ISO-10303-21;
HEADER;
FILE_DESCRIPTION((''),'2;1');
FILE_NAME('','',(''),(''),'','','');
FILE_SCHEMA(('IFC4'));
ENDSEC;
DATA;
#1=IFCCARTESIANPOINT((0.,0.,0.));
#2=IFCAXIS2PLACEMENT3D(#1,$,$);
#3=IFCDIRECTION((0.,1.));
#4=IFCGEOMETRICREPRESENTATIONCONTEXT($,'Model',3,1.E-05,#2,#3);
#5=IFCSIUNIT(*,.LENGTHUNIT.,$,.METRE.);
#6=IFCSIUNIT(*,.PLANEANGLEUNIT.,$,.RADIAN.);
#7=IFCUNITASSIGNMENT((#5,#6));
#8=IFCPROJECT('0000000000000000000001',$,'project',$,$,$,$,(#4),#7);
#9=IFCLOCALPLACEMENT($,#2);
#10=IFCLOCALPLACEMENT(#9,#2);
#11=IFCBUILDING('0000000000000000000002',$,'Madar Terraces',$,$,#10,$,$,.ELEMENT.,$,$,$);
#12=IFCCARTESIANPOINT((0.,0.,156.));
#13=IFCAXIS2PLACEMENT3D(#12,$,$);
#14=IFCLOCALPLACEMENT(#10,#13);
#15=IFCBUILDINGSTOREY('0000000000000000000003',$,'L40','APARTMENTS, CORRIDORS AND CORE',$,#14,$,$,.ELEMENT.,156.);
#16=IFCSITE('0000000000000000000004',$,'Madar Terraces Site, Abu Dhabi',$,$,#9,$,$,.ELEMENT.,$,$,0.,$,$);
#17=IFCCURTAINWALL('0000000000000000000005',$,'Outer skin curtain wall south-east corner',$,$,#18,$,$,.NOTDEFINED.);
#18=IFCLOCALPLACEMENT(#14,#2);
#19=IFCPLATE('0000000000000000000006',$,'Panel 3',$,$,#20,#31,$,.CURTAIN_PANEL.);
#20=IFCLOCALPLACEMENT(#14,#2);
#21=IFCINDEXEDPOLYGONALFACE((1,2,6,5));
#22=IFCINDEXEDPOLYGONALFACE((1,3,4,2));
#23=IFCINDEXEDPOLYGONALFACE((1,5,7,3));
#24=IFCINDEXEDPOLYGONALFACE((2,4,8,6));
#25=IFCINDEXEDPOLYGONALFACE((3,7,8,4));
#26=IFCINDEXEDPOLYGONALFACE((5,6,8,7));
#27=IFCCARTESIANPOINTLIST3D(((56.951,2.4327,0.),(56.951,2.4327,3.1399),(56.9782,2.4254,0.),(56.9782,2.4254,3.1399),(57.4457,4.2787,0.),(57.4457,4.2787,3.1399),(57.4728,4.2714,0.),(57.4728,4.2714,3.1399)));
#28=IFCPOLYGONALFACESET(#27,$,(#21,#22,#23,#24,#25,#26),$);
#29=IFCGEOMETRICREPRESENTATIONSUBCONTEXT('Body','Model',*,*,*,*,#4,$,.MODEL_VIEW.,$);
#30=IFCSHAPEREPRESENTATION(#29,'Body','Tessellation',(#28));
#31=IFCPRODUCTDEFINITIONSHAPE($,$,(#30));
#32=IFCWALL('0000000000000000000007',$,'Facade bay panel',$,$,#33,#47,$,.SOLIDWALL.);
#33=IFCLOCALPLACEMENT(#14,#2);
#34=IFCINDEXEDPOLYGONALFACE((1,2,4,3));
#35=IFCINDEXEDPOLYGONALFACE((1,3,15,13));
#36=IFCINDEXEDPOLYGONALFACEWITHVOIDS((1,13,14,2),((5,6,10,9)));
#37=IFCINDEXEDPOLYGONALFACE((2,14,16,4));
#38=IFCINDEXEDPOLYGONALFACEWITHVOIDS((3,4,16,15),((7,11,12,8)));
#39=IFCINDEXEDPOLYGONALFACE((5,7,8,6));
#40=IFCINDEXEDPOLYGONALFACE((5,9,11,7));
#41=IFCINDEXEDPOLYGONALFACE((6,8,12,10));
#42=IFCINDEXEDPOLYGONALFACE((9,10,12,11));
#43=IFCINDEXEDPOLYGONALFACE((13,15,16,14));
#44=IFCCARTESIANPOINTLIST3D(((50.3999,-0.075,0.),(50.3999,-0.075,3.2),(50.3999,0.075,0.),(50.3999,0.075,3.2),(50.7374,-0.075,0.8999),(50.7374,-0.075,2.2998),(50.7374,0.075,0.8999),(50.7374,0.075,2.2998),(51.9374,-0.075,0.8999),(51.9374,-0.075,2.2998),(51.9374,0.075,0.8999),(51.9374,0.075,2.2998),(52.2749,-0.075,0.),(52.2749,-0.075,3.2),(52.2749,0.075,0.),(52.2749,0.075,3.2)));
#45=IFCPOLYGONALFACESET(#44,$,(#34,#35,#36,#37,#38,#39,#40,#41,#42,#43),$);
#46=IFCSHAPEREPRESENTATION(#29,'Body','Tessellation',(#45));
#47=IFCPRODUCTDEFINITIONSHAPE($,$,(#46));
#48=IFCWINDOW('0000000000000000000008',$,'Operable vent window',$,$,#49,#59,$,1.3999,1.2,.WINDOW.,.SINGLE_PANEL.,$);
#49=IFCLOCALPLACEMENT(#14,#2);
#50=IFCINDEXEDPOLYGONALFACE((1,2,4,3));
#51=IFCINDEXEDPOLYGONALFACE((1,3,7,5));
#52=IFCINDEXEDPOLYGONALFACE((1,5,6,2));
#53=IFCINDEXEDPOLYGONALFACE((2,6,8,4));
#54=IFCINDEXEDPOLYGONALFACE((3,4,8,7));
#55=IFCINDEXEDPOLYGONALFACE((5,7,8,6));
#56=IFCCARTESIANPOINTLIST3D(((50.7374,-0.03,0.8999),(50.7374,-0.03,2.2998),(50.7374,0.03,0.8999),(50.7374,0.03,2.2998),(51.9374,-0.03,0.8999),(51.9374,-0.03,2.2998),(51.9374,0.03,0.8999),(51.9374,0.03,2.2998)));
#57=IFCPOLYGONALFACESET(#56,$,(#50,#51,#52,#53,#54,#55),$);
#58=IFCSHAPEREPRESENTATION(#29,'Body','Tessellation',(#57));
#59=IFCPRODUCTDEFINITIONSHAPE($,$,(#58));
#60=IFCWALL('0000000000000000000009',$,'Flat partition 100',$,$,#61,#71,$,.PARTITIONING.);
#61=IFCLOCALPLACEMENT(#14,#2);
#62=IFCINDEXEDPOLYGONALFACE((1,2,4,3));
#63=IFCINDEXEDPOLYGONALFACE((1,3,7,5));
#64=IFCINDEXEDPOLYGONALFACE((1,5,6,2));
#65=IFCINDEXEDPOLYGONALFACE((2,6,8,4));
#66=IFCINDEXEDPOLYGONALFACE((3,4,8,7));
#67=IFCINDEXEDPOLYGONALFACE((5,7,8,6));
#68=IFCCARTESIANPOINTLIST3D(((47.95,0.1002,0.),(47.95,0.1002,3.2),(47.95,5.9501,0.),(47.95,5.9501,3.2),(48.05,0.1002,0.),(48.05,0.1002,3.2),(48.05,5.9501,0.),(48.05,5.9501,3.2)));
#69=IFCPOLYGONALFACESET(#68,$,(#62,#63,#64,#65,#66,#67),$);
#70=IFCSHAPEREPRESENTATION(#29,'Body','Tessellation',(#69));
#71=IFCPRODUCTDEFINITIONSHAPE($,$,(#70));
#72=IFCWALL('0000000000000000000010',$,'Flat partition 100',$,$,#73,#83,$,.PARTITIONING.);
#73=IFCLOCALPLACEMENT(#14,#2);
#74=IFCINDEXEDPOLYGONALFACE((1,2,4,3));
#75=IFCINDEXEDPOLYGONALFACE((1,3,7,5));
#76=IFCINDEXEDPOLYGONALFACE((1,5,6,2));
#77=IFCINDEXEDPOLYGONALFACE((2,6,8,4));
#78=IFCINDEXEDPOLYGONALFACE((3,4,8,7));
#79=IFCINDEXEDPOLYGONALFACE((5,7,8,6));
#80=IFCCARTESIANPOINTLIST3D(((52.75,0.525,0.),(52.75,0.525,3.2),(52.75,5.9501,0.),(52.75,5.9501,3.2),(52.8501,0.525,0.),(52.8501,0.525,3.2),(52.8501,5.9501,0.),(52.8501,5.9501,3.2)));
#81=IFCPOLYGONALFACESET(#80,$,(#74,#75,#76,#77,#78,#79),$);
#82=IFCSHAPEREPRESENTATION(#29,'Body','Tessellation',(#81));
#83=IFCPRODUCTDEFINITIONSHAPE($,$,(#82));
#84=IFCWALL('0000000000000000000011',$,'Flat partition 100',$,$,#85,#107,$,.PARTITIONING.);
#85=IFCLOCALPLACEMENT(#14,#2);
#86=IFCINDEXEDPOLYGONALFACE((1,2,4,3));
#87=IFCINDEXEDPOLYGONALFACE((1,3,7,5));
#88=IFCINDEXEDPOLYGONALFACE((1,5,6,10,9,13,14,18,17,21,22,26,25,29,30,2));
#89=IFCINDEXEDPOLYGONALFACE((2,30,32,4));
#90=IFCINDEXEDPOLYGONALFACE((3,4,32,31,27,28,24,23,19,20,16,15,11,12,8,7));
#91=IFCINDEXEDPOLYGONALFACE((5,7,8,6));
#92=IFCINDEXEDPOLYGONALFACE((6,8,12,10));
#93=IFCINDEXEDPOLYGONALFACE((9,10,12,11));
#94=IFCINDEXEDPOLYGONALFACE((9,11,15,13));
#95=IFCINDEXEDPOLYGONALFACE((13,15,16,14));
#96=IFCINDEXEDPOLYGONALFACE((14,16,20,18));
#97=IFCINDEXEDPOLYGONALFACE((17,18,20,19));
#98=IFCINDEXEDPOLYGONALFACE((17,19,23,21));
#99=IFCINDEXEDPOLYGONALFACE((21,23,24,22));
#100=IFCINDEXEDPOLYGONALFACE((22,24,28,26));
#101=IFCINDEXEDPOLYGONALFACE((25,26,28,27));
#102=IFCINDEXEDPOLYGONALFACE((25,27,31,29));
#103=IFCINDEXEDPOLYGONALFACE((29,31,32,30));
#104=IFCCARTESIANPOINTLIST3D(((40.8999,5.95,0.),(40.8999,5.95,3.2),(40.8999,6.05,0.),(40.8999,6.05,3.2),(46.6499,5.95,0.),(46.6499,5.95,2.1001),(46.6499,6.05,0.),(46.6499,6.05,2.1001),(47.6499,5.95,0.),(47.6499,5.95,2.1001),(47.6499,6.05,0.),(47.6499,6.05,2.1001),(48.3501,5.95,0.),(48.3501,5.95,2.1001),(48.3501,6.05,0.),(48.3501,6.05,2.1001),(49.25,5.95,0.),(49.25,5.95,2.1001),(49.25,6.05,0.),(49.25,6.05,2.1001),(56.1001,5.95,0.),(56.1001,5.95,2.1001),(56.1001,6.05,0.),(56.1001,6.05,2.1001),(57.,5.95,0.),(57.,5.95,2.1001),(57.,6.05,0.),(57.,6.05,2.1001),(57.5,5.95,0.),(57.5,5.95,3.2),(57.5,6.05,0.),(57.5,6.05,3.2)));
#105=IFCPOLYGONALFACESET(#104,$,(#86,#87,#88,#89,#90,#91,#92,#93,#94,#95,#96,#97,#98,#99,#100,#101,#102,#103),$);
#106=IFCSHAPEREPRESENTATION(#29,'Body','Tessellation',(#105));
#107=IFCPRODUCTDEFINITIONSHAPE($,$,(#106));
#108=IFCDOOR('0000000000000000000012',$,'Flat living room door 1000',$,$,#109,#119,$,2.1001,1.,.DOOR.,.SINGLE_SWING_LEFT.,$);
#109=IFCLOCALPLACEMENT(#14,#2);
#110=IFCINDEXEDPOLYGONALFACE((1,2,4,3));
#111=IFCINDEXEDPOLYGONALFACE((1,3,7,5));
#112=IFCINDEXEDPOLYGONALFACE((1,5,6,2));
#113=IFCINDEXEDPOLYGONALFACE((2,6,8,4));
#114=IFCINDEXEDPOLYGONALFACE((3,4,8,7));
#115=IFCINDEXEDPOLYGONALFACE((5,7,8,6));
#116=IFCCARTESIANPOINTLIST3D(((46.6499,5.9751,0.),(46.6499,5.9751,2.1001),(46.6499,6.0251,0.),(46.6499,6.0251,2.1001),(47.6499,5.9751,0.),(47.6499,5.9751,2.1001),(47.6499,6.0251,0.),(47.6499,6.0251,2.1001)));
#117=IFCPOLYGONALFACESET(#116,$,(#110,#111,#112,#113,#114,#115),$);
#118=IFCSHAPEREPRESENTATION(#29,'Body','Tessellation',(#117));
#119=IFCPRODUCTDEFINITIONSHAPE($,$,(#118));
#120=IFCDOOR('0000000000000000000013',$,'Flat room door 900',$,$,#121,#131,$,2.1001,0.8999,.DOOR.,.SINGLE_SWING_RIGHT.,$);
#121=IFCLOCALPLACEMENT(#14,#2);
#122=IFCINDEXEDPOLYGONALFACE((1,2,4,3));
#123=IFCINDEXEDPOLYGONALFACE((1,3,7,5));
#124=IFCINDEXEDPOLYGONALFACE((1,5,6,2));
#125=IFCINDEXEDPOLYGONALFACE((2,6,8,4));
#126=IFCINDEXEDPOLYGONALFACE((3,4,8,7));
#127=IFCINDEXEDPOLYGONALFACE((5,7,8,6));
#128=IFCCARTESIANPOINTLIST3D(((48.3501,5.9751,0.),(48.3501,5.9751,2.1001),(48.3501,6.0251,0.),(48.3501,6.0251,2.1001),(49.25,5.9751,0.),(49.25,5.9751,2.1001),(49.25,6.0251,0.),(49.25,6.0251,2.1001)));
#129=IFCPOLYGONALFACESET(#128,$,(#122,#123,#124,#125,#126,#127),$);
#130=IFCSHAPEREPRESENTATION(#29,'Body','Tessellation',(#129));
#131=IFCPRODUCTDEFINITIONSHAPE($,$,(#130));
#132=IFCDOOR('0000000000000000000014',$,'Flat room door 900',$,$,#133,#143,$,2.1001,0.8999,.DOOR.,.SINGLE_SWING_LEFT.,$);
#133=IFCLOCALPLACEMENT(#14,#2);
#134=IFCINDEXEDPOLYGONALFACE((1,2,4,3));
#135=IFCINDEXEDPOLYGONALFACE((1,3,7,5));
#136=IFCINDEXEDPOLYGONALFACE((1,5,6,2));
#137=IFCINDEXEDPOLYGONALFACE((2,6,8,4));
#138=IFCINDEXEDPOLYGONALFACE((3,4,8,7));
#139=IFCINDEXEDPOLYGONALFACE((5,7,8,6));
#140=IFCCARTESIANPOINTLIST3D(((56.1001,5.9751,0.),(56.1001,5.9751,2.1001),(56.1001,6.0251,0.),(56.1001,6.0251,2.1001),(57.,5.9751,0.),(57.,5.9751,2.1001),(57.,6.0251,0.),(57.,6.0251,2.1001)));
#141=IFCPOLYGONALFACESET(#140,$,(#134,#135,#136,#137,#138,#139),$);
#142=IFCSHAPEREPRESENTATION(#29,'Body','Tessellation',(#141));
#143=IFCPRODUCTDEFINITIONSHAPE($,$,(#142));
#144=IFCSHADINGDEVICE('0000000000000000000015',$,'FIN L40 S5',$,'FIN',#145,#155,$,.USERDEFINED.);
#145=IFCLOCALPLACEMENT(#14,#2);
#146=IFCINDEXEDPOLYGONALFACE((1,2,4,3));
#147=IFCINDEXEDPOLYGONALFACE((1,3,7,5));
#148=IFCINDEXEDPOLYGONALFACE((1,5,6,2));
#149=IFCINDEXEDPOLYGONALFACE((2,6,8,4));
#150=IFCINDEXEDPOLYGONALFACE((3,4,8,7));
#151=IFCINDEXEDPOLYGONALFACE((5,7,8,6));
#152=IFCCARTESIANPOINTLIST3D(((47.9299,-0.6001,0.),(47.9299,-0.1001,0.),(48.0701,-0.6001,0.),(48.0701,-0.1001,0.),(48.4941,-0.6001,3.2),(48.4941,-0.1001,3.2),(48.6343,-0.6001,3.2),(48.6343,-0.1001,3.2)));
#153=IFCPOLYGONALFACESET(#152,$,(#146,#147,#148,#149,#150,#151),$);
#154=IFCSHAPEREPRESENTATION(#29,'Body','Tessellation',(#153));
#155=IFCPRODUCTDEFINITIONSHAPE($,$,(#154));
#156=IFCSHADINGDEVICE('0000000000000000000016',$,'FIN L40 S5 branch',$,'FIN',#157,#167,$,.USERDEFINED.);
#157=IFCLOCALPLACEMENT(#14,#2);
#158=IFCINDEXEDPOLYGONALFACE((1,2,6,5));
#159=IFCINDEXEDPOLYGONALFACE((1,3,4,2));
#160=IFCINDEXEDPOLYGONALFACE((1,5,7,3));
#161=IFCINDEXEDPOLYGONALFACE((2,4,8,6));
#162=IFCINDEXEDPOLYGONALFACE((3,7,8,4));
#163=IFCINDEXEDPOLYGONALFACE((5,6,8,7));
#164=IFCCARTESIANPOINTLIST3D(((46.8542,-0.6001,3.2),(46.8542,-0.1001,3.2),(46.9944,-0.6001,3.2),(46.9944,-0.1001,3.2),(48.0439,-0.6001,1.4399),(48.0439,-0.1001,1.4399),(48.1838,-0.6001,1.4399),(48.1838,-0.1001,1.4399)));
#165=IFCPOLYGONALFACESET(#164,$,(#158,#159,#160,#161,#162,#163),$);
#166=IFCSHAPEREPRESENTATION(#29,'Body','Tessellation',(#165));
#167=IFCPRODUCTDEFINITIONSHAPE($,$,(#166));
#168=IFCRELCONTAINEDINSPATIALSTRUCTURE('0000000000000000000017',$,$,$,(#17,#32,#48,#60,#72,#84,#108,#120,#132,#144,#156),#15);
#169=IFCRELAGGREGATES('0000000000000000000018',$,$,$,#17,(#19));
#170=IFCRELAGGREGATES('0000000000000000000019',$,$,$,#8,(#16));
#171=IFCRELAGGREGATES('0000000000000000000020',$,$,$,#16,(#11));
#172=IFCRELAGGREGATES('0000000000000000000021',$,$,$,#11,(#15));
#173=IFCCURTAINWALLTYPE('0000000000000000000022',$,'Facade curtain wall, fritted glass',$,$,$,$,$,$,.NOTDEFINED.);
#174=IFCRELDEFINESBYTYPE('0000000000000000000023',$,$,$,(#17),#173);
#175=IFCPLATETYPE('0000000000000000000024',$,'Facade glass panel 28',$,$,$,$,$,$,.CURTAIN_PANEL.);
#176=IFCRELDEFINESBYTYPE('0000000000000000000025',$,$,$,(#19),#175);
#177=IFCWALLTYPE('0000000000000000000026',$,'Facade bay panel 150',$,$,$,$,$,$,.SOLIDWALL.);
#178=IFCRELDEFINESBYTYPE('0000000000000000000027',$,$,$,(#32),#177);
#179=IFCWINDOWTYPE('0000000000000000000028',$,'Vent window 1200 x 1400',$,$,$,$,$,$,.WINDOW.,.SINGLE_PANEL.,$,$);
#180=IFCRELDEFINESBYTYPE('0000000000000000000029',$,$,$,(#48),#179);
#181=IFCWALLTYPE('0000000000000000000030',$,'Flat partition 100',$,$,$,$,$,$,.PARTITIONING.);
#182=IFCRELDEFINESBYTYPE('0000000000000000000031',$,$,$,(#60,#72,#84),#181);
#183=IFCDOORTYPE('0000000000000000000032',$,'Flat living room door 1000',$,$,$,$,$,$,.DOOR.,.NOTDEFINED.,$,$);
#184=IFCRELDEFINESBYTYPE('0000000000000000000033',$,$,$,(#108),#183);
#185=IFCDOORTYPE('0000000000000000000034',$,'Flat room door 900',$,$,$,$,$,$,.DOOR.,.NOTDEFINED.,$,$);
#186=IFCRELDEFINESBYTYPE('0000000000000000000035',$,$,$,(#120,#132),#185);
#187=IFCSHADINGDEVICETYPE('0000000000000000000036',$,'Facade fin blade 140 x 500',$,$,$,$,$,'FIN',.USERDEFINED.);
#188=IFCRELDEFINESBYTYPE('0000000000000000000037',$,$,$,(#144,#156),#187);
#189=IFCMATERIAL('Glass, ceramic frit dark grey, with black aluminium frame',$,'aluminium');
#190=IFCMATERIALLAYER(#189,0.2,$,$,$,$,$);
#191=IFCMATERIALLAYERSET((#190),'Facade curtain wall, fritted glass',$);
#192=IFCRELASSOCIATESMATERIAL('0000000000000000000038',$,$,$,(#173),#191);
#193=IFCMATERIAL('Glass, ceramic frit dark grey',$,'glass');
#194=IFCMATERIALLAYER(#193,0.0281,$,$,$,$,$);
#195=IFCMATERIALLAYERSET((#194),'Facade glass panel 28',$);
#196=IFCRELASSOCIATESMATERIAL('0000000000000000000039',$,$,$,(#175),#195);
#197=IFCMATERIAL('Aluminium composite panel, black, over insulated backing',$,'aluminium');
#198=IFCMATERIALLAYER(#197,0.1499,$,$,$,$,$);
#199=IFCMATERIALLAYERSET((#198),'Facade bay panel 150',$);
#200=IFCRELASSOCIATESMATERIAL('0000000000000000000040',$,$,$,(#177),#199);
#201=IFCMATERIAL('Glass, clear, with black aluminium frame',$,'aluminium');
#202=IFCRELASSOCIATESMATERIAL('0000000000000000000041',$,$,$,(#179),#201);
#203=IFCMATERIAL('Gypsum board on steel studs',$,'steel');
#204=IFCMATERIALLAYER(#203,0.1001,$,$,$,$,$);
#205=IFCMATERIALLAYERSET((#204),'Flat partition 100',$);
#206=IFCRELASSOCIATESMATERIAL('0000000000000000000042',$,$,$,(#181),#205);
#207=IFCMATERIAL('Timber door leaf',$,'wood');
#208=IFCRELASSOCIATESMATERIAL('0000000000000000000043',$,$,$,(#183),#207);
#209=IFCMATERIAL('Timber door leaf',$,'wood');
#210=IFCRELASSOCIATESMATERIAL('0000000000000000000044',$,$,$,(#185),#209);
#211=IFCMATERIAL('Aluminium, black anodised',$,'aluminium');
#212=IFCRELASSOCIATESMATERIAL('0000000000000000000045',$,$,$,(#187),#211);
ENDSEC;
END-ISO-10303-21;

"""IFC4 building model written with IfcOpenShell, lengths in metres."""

from ifc_helpers import new_model, si_unit, direction, frame, frame_2d, origin, origin_2d, place, context, subcontext, project, spatial, polyline, rectangle, outline, extrude, material, layer, layer_set, type_object, element, fill, aggregate, save


model = new_model("IFC4")

# Units and contexts
model_context = context("Model", 3, precision=1e-05, world=origin(), true_north=direction((0.0, 1.0)))
body_context = subcontext(model_context, "Body", "Model", "MODEL_VIEW")
ifc_project = project(units=[si_unit("LENGTHUNIT", "METRE"), si_unit("PLANEANGLEUNIT", "RADIAN")], contexts=[model_context])

# Site, building, storey
site_placement = place(None, origin())
site = spatial("IfcSite", under=ifc_project, at=site_placement, Name="Madar Terraces Site, Abu Dhabi", CompositionType="ELEMENT", RefElevation=0.0)
building_placement = place(site_placement, origin())
building = spatial("IfcBuilding", under=site, at=building_placement, Name="Madar Terraces", CompositionType="ELEMENT")
storey_placement = place(building_placement, frame((0.0, 0.0, 156.0)))
storey = spatial("IfcBuildingStorey", under=building, at=storey_placement, Name="L40", Description="APARTMENTS, CORRIDORS AND CORE", CompositionType="ELEMENT", Elevation=156.0)

# Shared definitions
ifc_material_1 = material(Name="Glass, ceramic frit dark grey, with black aluminium frame", Category="aluminium")
ifc_layer_1 = layer(ifc_material_1, 0.2)
ifc_layer_set_1 = layer_set([ifc_layer_1], Name="Facade curtain wall, fritted glass")
curtain_wall_type = type_object("IfcCurtainWallType", Name="Facade curtain wall, fritted glass", PredefinedType="NOTDEFINED", material=ifc_layer_set_1)

# Curtain wall
curtain_wall_1_placement = place(storey_placement, origin())
curtain_wall_1 = element("IfcCurtainWall", 1, at=curtain_wall_1_placement, inside=storey, type_object=curtain_wall_type, Name="Outer skin curtain wall south-east corner", PredefinedType="NOTDEFINED")

# Plate
ifc_material_2 = material(Name="Glass, ceramic frit dark grey", Category="glass")
ifc_layer_2 = layer(ifc_material_2, 0.0281)
ifc_layer_set_2 = layer_set([ifc_layer_2], Name="Facade glass panel 28")
plate_type = type_object("IfcPlateType", Name="Facade glass panel 28", PredefinedType="CURTAIN_PANEL", material=ifc_layer_set_2)
plate_1_placement = place(storey_placement, frame((57.2119, 3.3521, 0.0), z_axis=(0.0, 0.0, 1.0), x_axis=(0.258819, 0.965926, 0.0)))
plate_1 = element("IfcPlate", 2, at=plate_1_placement, type_object=plate_type, Name="Panel 3", PredefinedType="CURTAIN_PANEL", context=body_context, shape_type="SweptSolid", body=[
    extrude(rectangle(XDim=1.9111, YDim=0.0281, at=origin_2d()), origin(), (0.0, 0.0, 1.0), 3.1399),
])
aggregate(curtain_wall_1, [plate_1])

# Wall, opening, window
ifc_material_3 = material(Name="Aluminium composite panel, black, over insulated backing", Category="aluminium")
ifc_layer_3 = layer(ifc_material_3, 0.1499)
ifc_layer_set_3 = layer_set([ifc_layer_3], Name="Facade bay panel 150")
wall_type_1 = type_object("IfcWallType", Name="Facade bay panel 150", PredefinedType="SOLIDWALL", material=ifc_layer_set_3)
wall_1_placement = place(storey_placement, frame((50.3999, 0.0, 0.0), z_axis=(0.0, 0.0, 1.0), x_axis=(1.0, 0.0, 0.0)))
wall_1 = element("IfcWall", 3, at=wall_1_placement, inside=storey, type_object=wall_type_1, Name="Facade bay panel", PredefinedType="SOLIDWALL", context=body_context, shape_type="SweptSolid", body=[
    extrude(rectangle(XDim=1.875, YDim=0.1499, at=frame_2d((0.9375, 0.0))), origin(), (0.0, 0.0, 1.0), 3.2),
])
opening_1_placement = place(wall_1_placement, frame((0.3374, 0.0, 0.8999)))
opening_1 = element("IfcOpeningElement", 4, at=opening_1_placement, cuts=wall_1, PredefinedType="OPENING", context=body_context, shape_type="SweptSolid", body=[
    extrude(rectangle(XDim=1.2, YDim=1.3999, at=frame_2d((0.6001, 0.7))), frame((0.0, 0.085, 0.0), z_axis=(0.0, -1.0, 0.0), x_axis=(1.0, 0.0, 0.0)), (0.0, 0.0, 1.0), 0.1699),
])
ifc_material_4 = material(Name="Glass, clear, with black aluminium frame", Category="aluminium")
window_type = type_object("IfcWindowType", Name="Vent window 1200 x 1400", PartitioningType="SINGLE_PANEL", PredefinedType="WINDOW", material=ifc_material_4)
window_placement = place(opening_1_placement, origin())
window = element("IfcWindow", 5, at=window_placement, inside=storey, type_object=window_type, Name="Operable vent window", OverallHeight=1.3999, OverallWidth=1.2, PartitioningType="SINGLE_PANEL", PredefinedType="WINDOW", context=body_context, shape_type="SweptSolid", body=[
    extrude(rectangle(XDim=1.2, YDim=1.3999, at=frame_2d((0.6001, 0.7))), frame((0.0, 0.03, 0.0), z_axis=(0.0, -1.0, 0.0), x_axis=(1.0, 0.0, 0.0)), (0.0, 0.0, 1.0), 0.0601),
])
fill(opening_1, window)

# Walls
ifc_material_5 = material(Name="Gypsum board on steel studs", Category="steel")
ifc_layer_4 = layer(ifc_material_5, 0.1001)
ifc_layer_set_4 = layer_set([ifc_layer_4], Name="Flat partition 100")
wall_type_2 = type_object("IfcWallType", Name="Flat partition 100", PredefinedType="PARTITIONING", material=ifc_layer_set_4)
wall_2_placement = place(storey_placement, frame((48.0, 5.95, 0.0), z_axis=(0.0, 0.0, 1.0), x_axis=(0.0, -1.0, 0.0)))
element("IfcWall", 6, at=wall_2_placement, inside=storey, type_object=wall_type_2, Name="Flat partition 100", PredefinedType="PARTITIONING", context=body_context, shape_type="SweptSolid", body=[
    extrude(rectangle(XDim=5.8499, YDim=0.1001, at=frame_2d((2.9248, 0.0))), origin(), (0.0, 0.0, 1.0), 3.2),
])
wall_3_placement = place(storey_placement, frame((52.8, 5.95, 0.0), z_axis=(0.0, 0.0, 1.0), x_axis=(0.0, -1.0, 0.0)))
element("IfcWall", 7, at=wall_3_placement, inside=storey, type_object=wall_type_2, Name="Flat partition 100", PredefinedType="PARTITIONING", context=body_context, shape_type="SweptSolid", body=[
    extrude(rectangle(XDim=5.425, YDim=0.1001, at=frame_2d((2.7124, 0.0))), origin(), (0.0, 0.0, 1.0), 3.2),
])

# Wall, openings, doors
wall_4_placement = place(storey_placement, frame((57.5, 6.0, 0.0), z_axis=(0.0, 0.0, 1.0), x_axis=(-1.0, 0.0, 0.0)))
wall_4 = element("IfcWall", 8, at=wall_4_placement, inside=storey, type_object=wall_type_2, Name="Flat partition 100", PredefinedType="PARTITIONING", context=body_context, shape_type="SweptSolid", body=[
    extrude(rectangle(XDim=16.6001, YDim=0.1001, at=frame_2d((8.3, 0.0))), origin(), (0.0, 0.0, 1.0), 3.2),
])
opening_2_placement = place(wall_4_placement, frame((9.8501, 0.0, 0.0)))
opening_2 = element("IfcOpeningElement", 9, at=opening_2_placement, cuts=wall_4, PredefinedType="OPENING", context=body_context, shape_type="SweptSolid", body=[
    extrude(rectangle(XDim=1.0, YDim=2.1001, at=frame_2d((0.5, 1.05))), frame((0.0, 0.0601, 0.0), z_axis=(0.0, -1.0, 0.0), x_axis=(1.0, 0.0, 0.0)), (0.0, 0.0, 1.0), 0.1201),
])
opening_3_placement = place(wall_4_placement, frame((8.25, 0.0, 0.0)))
opening_3 = element("IfcOpeningElement", 10, at=opening_3_placement, cuts=wall_4, PredefinedType="OPENING", context=body_context, shape_type="SweptSolid", body=[
    extrude(rectangle(XDim=0.8999, YDim=2.1001, at=frame_2d((0.45, 1.05))), frame((0.0, 0.0601, 0.0), z_axis=(0.0, -1.0, 0.0), x_axis=(1.0, 0.0, 0.0)), (0.0, 0.0, 1.0), 0.1201),
])
opening_4_placement = place(wall_4_placement, frame((0.5, 0.0, 0.0)))
opening_4 = element("IfcOpeningElement", 11, at=opening_4_placement, cuts=wall_4, PredefinedType="OPENING", context=body_context, shape_type="SweptSolid", body=[
    extrude(rectangle(XDim=0.8999, YDim=2.1001, at=frame_2d((0.45, 1.05))), frame((0.0, 0.0601, 0.0), z_axis=(0.0, -1.0, 0.0), x_axis=(1.0, 0.0, 0.0)), (0.0, 0.0, 1.0), 0.1201),
])
ifc_material_6 = material(Name="Timber door leaf", Category="wood")
door_type_1 = type_object("IfcDoorType", Name="Flat living room door 1000", OperationType="NOTDEFINED", PredefinedType="DOOR", material=ifc_material_6)
door_1_placement = place(opening_2_placement, origin())
door_1 = element("IfcDoor", 12, at=door_1_placement, inside=storey, type_object=door_type_1, Name="Flat living room door 1000", OperationType="SINGLE_SWING_LEFT", OverallHeight=2.1001, OverallWidth=1.0, PredefinedType="DOOR", context=body_context, shape_type="SweptSolid", body=[
    extrude(rectangle(XDim=1.0, YDim=2.1001, at=frame_2d((0.5, 1.05))), frame((0.0, 0.0249, 0.0), z_axis=(0.0, -1.0, 0.0), x_axis=(1.0, 0.0, 0.0)), (0.0, 0.0, 1.0), 0.05),
])
fill(opening_2, door_1)
ifc_material_7 = material(Name="Timber door leaf", Category="wood")
door_type_2 = type_object("IfcDoorType", Name="Flat room door 900", OperationType="NOTDEFINED", PredefinedType="DOOR", material=ifc_material_7)
door_2_placement = place(opening_3_placement, origin())
door_2 = element("IfcDoor", 13, at=door_2_placement, inside=storey, type_object=door_type_2, Name="Flat room door 900", OperationType="SINGLE_SWING_RIGHT", OverallHeight=2.1001, OverallWidth=0.8999, PredefinedType="DOOR", context=body_context, shape_type="SweptSolid", body=[
    extrude(rectangle(XDim=0.8999, YDim=2.1001, at=frame_2d((0.45, 1.05))), frame((0.0, 0.0249, 0.0), z_axis=(0.0, -1.0, 0.0), x_axis=(1.0, 0.0, 0.0)), (0.0, 0.0, 1.0), 0.05),
])
fill(opening_3, door_2)
door_3_placement = place(opening_4_placement, origin())
door_3 = element("IfcDoor", 14, at=door_3_placement, inside=storey, type_object=door_type_2, Name="Flat room door 900", OperationType="SINGLE_SWING_LEFT", OverallHeight=2.1001, OverallWidth=0.8999, PredefinedType="DOOR", context=body_context, shape_type="SweptSolid", body=[
    extrude(rectangle(XDim=0.8999, YDim=2.1001, at=frame_2d((0.45, 1.05))), frame((0.0, 0.0249, 0.0), z_axis=(0.0, -1.0, 0.0), x_axis=(1.0, 0.0, 0.0)), (0.0, 0.0, 1.0), 0.05),
])
fill(opening_4, door_3)

# Shading devices
ifc_material_8 = material(Name="Aluminium, black anodised", Category="aluminium")
shading_device_type = type_object("IfcShadingDeviceType", Name="Facade fin blade 140 x 500", ElementType="FIN", PredefinedType="USERDEFINED", material=ifc_material_8)
shading_device_1_placement = place(storey_placement, frame((47.9299, -0.3501, 0.0), z_axis=(0.0, 0.0, 1.0), x_axis=(1.0, 0.0, 0.0)))
element("IfcShadingDevice", 15, at=shading_device_1_placement, inside=storey, type_object=shading_device_type, Name="FIN L40 S5", ObjectType="FIN", PredefinedType="USERDEFINED", context=body_context, shape_type="SweptSolid", body=[
    extrude(outline(polyline([(0.0, 0.0), (0.1401, 0.0), (0.7043, 3.2), (0.5642, 3.2), (0.0, 0.0)])), frame((0.0, 0.25, 0.0), z_axis=(0.0, -1.0, 0.0), x_axis=(1.0, 0.0, 0.0)), (0.0, 0.0, 1.0), 0.5),
])
shading_device_2_placement = place(storey_placement, frame((48.0439, -0.3501, 1.4399), z_axis=(0.0, 0.0, 1.0), x_axis=(1.0, 0.0, 0.0)))
element("IfcShadingDevice", 16, at=shading_device_2_placement, inside=storey, type_object=shading_device_type, Name="FIN L40 S5 branch", ObjectType="FIN", PredefinedType="USERDEFINED", context=body_context, shape_type="SweptSolid", body=[
    extrude(outline(polyline([(0.0, 0.0), (0.1399, 0.0), (-1.0496, 1.76), (-1.1897, 1.76), (0.0, 0.0)])), frame((0.0, 0.25, 0.0), z_axis=(0.0, -1.0, 0.0), x_axis=(1.0, 0.0, 0.0)), (0.0, 0.0, 1.0), 0.5),
])

save(model, "model.ifc")
